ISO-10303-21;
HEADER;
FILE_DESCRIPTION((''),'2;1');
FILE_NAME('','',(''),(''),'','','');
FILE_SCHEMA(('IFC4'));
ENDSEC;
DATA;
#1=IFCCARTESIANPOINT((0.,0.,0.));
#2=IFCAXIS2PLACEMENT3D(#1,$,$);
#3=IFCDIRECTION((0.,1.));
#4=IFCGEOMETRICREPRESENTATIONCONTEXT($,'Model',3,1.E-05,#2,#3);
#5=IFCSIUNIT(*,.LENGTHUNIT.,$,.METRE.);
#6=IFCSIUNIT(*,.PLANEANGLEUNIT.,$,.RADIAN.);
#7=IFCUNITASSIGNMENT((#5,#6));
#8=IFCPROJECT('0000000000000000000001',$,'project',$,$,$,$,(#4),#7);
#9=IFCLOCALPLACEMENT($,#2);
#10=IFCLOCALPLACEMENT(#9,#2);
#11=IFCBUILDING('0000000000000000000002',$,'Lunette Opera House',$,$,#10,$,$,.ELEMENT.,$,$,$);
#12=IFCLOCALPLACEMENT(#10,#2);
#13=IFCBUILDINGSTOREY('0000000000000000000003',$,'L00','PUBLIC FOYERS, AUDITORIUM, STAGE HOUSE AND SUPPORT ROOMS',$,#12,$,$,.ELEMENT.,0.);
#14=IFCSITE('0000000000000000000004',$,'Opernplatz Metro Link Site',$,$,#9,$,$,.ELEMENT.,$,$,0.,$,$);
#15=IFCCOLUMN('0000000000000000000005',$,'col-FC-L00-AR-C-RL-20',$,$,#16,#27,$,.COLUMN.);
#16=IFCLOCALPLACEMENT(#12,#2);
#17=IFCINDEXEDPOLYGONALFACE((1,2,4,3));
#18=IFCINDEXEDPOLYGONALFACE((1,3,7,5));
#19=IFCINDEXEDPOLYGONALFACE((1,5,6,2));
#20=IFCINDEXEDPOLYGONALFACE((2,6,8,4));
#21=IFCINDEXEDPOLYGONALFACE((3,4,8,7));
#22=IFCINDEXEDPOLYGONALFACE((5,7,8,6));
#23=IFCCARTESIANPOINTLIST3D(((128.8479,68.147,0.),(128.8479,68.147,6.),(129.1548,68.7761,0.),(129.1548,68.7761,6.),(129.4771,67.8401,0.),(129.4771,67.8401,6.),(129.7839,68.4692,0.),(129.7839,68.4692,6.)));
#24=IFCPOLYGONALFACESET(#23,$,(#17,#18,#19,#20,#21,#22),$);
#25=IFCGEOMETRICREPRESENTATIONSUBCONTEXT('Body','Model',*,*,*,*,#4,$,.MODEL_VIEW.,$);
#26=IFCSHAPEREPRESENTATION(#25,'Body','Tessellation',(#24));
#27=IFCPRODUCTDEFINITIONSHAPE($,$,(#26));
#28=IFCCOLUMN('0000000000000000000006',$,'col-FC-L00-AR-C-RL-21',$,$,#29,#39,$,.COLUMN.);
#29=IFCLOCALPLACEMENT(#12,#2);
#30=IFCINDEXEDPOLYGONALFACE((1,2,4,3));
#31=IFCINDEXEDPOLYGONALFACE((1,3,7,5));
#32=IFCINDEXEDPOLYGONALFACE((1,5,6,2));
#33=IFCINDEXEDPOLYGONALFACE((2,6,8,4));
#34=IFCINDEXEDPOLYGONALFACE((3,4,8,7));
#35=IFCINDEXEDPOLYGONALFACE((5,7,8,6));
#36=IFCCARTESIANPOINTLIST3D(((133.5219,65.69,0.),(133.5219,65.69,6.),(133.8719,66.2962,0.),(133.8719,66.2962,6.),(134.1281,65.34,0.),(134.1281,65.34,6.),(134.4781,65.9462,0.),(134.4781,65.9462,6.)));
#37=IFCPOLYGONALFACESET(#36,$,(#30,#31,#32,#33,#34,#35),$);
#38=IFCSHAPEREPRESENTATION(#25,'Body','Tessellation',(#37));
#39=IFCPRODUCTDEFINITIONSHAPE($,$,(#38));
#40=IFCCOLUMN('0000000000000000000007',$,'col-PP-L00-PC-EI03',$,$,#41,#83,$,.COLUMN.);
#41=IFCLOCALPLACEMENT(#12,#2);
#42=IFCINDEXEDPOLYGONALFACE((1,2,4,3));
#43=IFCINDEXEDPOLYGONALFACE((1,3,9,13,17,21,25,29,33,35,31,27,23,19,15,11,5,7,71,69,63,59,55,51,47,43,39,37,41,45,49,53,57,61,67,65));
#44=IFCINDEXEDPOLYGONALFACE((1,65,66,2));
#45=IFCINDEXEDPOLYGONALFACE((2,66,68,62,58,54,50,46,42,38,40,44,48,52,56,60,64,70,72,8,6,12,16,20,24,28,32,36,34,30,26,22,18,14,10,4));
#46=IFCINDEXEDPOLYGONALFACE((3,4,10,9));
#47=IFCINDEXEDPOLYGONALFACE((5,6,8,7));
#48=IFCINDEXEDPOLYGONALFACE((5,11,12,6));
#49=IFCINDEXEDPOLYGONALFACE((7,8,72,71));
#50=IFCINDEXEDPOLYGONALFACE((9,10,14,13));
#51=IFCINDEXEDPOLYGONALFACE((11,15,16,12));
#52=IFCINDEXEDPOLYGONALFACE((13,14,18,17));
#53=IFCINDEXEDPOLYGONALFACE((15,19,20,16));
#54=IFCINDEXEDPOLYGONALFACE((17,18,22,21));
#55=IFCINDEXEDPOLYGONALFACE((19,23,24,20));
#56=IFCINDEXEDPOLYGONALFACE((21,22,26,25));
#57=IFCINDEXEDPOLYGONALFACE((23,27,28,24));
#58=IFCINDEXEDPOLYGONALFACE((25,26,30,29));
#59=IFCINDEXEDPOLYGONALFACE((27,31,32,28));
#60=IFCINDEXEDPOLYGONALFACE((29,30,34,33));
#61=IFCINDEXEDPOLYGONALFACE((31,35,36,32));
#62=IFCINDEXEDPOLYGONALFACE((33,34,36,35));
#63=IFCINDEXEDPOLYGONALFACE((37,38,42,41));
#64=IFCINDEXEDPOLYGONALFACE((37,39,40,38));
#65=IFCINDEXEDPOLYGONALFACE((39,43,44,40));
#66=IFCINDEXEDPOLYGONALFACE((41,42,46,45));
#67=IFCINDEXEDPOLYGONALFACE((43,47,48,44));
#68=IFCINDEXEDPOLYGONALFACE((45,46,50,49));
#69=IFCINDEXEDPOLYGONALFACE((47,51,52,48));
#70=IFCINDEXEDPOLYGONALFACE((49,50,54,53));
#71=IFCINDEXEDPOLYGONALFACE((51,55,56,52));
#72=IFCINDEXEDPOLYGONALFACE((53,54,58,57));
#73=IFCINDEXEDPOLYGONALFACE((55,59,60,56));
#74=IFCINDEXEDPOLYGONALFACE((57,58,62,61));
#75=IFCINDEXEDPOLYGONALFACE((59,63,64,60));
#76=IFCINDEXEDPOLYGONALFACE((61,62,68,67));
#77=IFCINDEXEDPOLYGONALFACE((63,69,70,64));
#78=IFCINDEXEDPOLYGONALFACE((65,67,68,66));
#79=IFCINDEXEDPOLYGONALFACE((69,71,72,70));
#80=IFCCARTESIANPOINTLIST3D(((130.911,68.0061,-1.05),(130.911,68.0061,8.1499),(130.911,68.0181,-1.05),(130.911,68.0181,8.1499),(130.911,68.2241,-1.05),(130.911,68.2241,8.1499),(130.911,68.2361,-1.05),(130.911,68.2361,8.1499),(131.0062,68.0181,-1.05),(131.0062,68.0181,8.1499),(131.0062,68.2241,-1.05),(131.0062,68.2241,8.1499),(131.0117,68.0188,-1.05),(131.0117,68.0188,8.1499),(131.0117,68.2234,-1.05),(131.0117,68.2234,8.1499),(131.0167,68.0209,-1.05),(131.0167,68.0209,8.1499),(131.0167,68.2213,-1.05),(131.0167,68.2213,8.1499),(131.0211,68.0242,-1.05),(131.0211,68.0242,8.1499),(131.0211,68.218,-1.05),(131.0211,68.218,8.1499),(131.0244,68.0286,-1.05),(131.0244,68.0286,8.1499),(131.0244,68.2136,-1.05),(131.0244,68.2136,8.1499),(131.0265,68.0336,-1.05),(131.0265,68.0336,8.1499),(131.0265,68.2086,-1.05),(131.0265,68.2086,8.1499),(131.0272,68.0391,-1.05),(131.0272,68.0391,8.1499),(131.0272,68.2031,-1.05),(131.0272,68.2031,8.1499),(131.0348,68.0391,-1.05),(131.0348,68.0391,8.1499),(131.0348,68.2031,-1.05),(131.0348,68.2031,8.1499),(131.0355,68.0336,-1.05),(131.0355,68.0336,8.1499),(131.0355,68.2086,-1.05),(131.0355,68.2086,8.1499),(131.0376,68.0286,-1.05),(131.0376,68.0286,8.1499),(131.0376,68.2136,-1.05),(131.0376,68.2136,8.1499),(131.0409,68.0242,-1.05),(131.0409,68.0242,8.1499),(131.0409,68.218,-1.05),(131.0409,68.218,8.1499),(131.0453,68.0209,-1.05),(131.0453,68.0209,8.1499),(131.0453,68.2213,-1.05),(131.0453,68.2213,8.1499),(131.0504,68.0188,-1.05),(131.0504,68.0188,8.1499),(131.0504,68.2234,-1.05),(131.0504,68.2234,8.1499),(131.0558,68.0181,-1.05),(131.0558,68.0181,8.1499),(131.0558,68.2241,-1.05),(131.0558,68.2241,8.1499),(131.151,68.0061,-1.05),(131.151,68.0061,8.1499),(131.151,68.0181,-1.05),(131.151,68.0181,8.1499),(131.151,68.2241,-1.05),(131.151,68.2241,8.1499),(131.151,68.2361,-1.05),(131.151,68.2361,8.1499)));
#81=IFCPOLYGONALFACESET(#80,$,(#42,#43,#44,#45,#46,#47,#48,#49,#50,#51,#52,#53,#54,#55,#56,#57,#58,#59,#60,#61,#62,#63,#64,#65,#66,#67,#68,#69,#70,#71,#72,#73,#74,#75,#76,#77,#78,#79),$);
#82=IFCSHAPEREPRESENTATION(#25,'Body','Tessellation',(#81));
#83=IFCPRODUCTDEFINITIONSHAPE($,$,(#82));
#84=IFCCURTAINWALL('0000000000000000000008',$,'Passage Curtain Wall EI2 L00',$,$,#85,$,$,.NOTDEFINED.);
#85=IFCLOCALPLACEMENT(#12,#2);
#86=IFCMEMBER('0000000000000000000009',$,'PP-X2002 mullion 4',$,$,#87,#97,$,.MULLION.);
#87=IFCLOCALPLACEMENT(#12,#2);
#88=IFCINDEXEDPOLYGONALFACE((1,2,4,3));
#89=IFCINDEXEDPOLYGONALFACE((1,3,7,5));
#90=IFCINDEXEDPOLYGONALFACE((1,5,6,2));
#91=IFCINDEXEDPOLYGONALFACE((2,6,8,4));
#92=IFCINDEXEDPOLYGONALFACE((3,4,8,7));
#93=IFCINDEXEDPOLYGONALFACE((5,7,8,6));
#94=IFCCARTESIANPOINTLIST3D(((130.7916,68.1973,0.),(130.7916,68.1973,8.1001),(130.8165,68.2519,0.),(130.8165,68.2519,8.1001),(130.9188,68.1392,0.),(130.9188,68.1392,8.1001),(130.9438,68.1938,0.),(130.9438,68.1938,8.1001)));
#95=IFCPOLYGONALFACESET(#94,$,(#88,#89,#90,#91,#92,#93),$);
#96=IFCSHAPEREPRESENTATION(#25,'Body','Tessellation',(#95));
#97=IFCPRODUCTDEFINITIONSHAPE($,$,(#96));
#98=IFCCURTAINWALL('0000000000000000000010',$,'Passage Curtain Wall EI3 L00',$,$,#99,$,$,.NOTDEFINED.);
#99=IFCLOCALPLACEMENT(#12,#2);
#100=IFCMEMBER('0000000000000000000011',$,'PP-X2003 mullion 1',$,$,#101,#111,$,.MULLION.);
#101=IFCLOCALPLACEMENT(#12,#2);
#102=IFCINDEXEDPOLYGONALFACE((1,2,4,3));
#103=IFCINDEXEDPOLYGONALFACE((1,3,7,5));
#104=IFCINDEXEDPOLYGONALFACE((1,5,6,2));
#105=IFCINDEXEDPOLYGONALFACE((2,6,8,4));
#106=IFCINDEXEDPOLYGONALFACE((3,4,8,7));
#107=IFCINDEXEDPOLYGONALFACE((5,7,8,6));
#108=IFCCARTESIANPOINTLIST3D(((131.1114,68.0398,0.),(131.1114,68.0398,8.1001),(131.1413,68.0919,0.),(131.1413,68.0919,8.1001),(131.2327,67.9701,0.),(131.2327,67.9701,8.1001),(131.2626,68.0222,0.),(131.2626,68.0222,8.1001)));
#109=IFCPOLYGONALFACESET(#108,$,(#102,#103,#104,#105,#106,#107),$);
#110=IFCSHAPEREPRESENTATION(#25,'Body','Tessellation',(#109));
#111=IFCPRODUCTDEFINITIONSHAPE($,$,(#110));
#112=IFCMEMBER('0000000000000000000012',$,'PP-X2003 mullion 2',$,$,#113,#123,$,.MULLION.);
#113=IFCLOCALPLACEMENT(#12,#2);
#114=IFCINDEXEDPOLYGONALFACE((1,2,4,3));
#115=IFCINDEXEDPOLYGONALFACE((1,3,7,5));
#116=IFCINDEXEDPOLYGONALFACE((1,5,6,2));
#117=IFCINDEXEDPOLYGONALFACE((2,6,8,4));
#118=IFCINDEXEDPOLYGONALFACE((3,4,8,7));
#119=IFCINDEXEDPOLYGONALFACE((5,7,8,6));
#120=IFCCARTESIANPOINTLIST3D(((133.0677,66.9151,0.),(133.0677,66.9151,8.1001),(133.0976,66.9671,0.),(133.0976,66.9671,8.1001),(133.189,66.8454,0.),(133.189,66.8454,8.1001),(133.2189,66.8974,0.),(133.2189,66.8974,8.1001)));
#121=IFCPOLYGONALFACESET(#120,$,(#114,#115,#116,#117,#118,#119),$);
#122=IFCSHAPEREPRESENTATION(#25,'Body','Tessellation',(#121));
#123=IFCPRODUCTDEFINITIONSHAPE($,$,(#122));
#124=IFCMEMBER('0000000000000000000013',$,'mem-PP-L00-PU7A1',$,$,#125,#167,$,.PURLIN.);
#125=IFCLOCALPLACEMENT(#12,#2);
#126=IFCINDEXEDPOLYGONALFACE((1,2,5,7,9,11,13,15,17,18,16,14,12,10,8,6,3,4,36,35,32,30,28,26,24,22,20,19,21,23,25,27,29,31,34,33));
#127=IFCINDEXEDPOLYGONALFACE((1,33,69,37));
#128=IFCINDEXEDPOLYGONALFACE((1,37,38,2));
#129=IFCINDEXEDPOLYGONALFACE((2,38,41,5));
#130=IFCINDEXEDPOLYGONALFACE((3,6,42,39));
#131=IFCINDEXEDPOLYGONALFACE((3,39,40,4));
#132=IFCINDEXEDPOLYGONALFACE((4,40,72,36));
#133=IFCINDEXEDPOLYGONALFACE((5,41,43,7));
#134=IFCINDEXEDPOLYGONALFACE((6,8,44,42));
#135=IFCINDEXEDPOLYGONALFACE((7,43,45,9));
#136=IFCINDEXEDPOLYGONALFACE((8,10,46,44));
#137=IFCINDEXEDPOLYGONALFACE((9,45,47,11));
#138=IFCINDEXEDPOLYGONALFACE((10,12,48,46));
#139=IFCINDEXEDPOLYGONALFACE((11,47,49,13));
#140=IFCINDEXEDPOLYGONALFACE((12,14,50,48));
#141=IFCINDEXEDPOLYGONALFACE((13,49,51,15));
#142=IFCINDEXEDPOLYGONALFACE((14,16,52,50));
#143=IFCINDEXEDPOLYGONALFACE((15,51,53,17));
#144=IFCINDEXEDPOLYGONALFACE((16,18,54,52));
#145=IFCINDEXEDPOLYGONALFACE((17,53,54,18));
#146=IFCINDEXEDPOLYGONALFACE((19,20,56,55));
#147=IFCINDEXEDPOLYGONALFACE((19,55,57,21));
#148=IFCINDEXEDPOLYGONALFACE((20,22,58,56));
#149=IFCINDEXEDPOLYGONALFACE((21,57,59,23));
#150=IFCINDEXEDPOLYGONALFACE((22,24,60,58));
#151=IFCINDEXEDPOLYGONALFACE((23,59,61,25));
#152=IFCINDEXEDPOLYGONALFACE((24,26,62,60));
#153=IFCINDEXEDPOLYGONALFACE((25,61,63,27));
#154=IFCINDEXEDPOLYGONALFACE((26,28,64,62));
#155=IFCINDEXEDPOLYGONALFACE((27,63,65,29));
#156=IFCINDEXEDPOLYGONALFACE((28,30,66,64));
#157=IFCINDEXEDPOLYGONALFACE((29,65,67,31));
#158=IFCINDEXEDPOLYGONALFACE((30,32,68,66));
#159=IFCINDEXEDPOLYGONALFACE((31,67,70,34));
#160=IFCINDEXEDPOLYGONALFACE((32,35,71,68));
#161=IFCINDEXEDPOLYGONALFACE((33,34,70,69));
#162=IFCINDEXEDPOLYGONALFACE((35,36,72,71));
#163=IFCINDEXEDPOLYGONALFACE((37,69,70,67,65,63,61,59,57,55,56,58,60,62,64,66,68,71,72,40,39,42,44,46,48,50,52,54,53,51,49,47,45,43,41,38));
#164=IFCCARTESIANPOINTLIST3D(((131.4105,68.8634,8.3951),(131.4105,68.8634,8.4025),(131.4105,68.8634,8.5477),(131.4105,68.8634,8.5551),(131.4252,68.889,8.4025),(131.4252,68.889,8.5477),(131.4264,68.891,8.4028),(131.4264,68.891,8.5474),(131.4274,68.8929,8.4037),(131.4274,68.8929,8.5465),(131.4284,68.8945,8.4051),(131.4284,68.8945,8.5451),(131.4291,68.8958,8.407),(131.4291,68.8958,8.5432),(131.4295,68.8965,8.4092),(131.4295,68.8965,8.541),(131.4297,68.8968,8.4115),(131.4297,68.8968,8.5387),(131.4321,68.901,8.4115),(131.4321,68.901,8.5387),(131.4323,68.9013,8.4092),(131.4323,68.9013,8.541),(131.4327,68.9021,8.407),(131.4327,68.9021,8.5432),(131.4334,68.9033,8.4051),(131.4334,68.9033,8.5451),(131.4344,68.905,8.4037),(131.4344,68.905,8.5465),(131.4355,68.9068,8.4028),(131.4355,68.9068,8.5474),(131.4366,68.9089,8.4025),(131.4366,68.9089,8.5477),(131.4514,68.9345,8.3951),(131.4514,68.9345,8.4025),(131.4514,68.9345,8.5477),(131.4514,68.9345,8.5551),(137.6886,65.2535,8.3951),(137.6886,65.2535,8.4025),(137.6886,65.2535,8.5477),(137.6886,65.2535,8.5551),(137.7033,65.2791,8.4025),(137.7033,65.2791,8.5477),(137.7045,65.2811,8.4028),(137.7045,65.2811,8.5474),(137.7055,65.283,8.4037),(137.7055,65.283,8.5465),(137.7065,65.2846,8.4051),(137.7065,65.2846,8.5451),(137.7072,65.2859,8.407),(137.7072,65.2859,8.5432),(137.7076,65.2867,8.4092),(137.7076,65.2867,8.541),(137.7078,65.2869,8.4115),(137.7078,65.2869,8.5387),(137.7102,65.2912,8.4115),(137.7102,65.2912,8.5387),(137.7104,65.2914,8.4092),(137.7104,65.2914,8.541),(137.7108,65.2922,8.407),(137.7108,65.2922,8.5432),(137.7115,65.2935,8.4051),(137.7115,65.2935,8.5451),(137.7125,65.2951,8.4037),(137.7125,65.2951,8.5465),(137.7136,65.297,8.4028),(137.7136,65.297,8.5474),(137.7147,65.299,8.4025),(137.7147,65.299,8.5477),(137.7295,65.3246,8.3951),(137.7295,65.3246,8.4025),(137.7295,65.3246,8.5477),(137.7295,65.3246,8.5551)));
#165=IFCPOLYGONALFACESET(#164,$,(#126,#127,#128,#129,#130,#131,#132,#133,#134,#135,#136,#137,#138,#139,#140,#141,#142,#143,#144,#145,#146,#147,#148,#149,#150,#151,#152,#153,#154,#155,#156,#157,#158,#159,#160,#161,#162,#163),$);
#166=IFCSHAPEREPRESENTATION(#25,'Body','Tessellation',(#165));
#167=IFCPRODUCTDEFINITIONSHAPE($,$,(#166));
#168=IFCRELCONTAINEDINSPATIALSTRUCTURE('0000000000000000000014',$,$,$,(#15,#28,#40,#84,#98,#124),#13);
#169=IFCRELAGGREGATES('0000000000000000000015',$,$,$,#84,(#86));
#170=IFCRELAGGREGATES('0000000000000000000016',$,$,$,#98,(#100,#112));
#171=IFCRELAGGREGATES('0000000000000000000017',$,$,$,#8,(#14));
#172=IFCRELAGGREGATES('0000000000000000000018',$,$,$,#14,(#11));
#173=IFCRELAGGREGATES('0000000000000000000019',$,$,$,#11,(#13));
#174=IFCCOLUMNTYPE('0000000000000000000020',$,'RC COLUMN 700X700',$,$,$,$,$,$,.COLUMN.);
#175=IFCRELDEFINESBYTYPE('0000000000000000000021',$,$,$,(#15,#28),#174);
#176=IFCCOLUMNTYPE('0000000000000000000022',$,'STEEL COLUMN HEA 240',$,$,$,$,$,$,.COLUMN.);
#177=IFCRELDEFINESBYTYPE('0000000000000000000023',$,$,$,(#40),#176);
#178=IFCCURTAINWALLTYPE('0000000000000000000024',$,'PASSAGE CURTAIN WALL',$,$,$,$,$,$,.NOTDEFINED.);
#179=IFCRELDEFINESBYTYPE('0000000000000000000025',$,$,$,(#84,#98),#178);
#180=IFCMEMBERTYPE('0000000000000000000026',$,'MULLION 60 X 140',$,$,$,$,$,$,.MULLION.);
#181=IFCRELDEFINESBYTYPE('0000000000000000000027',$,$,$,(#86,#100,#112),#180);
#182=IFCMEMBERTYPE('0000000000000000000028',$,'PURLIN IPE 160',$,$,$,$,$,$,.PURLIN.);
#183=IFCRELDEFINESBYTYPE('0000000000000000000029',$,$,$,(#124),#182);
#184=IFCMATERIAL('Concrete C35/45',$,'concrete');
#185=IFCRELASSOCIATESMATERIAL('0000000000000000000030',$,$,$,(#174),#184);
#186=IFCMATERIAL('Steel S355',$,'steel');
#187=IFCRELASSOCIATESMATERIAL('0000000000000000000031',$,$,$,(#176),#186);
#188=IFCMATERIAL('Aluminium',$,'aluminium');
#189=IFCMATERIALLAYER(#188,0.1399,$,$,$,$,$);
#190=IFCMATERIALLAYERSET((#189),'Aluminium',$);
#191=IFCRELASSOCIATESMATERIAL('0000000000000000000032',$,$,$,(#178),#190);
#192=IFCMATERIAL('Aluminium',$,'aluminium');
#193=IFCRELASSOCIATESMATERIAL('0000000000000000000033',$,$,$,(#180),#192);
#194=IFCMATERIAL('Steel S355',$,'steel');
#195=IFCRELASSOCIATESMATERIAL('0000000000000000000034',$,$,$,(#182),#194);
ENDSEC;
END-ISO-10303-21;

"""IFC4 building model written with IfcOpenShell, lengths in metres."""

from ifc_helpers import new_model, si_unit, direction, frame, origin, origin_2d, place, context, subcontext, project, spatial, rectangle, i_section, extrude, material, layer, layer_set, material_profile, profile_set, type_object, element, aggregate, save


model = new_model("IFC4")

# Units and contexts
model_context = context("Model", 3, precision=1e-05, world=origin(), true_north=direction((0.0, 1.0)))
body_context = subcontext(model_context, "Body", "Model", "MODEL_VIEW")
ifc_project = project(units=[si_unit("LENGTHUNIT", "METRE"), si_unit("PLANEANGLEUNIT", "RADIAN")], contexts=[model_context])

# Site, building, storey
site_placement = place(None, origin())
site = spatial("IfcSite", under=ifc_project, at=site_placement, Name="Opernplatz Metro Link Site", CompositionType="ELEMENT", RefElevation=0.0)
building_placement = place(site_placement, origin())
building = spatial("IfcBuilding", under=site, at=building_placement, Name="Lunette Opera House", CompositionType="ELEMENT")
storey_placement = place(building_placement, origin())
storey = spatial("IfcBuildingStorey", under=building, at=storey_placement, Name="L00", Description="PUBLIC FOYERS, AUDITORIUM, STAGE HOUSE AND SUPPORT ROOMS", CompositionType="ELEMENT", Elevation=0.0)

# Columns
ifc_material_1 = material(Name="Concrete C35/45", Category="concrete")
ifc_material_profile_1 = material_profile(ifc_material_1, rectangle(XDim=0.7, YDim=0.7, at=origin_2d()), Name="RC COLUMN 700X700")
ifc_profile_set_1 = profile_set([ifc_material_profile_1], Name="Concrete C35/45")
column_type_1 = type_object("IfcColumnType", Name="RC COLUMN 700X700", PredefinedType="COLUMN", material=ifc_profile_set_1)
for number, where, z_axis, x_axis, name in (
    (1, (129.3159, 68.3081, 0.0), (0.0, 0.0, 1.0), (0.898794, -0.438371, 0.0), "col-FC-L00-AR-C-RL-20"),
    (2, (134.0, 65.8181, 0.0), (0.0, 0.0, 1.0), (0.866025, -0.5, 0.0), "col-FC-L00-AR-C-RL-21"),
):
    element("IfcColumn", number, at=place(storey_placement, frame(where, z_axis=z_axis, x_axis=x_axis)), inside=storey, type_object=column_type_1, Name=name, PredefinedType="COLUMN", context=body_context, shape_type="SweptSolid", body=[
        extrude(rectangle(XDim=0.7, YDim=0.7, at=origin_2d()), origin(), (0.0, 0.0, 1.0), 6.0),
    ])
ifc_material_2 = material(Name="Steel S355", Category="steel")
ifc_material_profile_2 = material_profile(ifc_material_2, i_section(OverallWidth=0.24, OverallDepth=0.23, WebThickness=0.0076, FlangeThickness=0.012, FilletRadius=0.021, at=origin_2d()), Name="HEA 240")
ifc_profile_set_2 = profile_set([ifc_material_profile_2], Name="Steel S355")
column_type_2 = type_object("IfcColumnType", Name="STEEL COLUMN HEA 240", PredefinedType="COLUMN", material=ifc_profile_set_2)
column_placement = place(storey_placement, frame((131.031, 68.1211, -1.05), z_axis=(0.0, 0.0, 1.0), x_axis=(1.0, 0.0, 0.0)))
element("IfcColumn", 3, at=column_placement, inside=storey, type_object=column_type_2, Name="col-PP-L00-PC-EI03", PredefinedType="COLUMN", context=body_context, shape_type="SweptSolid", body=[
    extrude(i_section(OverallWidth=0.24, OverallDepth=0.23, WebThickness=0.0076, FlangeThickness=0.012, FilletRadius=0.021, at=origin_2d()), origin(), (0.0, 0.0, 1.0), 9.2),
])

# Curtain wall, member
ifc_material_3 = material(Name="Aluminium", Category="aluminium")
ifc_layer_1 = layer(ifc_material_3, 0.1399)
ifc_layer_set_1 = layer_set([ifc_layer_1], Name="Aluminium")
curtain_wall_type = type_object("IfcCurtainWallType", Name="PASSAGE CURTAIN WALL", PredefinedType="NOTDEFINED", material=ifc_layer_set_1)
curtain_wall_1_placement = place(storey_placement, origin())
curtain_wall_1 = element("IfcCurtainWall", 4, at=curtain_wall_1_placement, inside=storey, type_object=curtain_wall_type, Name="Passage Curtain Wall EI2 L00", PredefinedType="NOTDEFINED")
ifc_material_4 = material(Name="Aluminium", Category="aluminium")
ifc_material_profile_3 = material_profile(ifc_material_4, rectangle(XDim=0.0601, YDim=0.1399, at=origin_2d()), Name="MULLION 60 X 140")
ifc_profile_set_3 = profile_set([ifc_material_profile_3], Name="Aluminium")
member_type_1 = type_object("IfcMemberType", Name="MULLION 60 X 140", PredefinedType="MULLION", material=ifc_profile_set_3)
member_1_placement = place(storey_placement, frame((130.8677, 68.1956, 0.0), z_axis=(0.0, 0.0, 1.0), x_axis=(0.415274, 0.909696, 0.0)))
member_1 = element("IfcMember", 5, at=member_1_placement, type_object=member_type_1, Name="PP-X2002 mullion 4", PredefinedType="MULLION", context=body_context, shape_type="SweptSolid", body=[
    extrude(rectangle(XDim=0.0601, YDim=0.1399, at=origin_2d()), origin(), (0.0, 0.0, 1.0), 8.1001),
])

# Curtain wall, members
curtain_wall_2_placement = place(storey_placement, origin())
curtain_wall_2 = element("IfcCurtainWall", 6, at=curtain_wall_2_placement, inside=storey, type_object=curtain_wall_type, Name="Passage Curtain Wall EI3 L00", PredefinedType="NOTDEFINED")
member_2_placement = place(storey_placement, frame((131.187, 68.031, 0.0), z_axis=(0.0, 0.0, 1.0), x_axis=(0.498414, 0.866939, 0.0)))
member_2 = element("IfcMember", 7, at=member_2_placement, type_object=member_type_1, Name="PP-X2003 mullion 1", PredefinedType="MULLION", context=body_context, shape_type="SweptSolid", body=[
    extrude(rectangle(XDim=0.0601, YDim=0.1399, at=origin_2d()), origin(), (0.0, 0.0, 1.0), 8.1001),
])
member_3_placement = place(storey_placement, frame((133.1433, 66.9062, 0.0), z_axis=(0.0, 0.0, 1.0), x_axis=(0.498414, 0.866939, 0.0)))
member_3 = element("IfcMember", 8, at=member_3_placement, type_object=member_type_1, Name="PP-X2003 mullion 2", PredefinedType="MULLION", context=body_context, shape_type="SweptSolid", body=[
    extrude(rectangle(XDim=0.0601, YDim=0.1399, at=origin_2d()), origin(), (0.0, 0.0, 1.0), 8.1001),
])

# Member
ifc_material_5 = material(Name="Steel S355", Category="steel")
ifc_material_profile_4 = material_profile(ifc_material_5, i_section(OverallWidth=0.082, OverallDepth=0.1599, WebThickness=0.0049, FlangeThickness=0.0073, FilletRadius=0.009, at=origin_2d()), Name="IPE 160")
ifc_profile_set_4 = profile_set([ifc_material_profile_4], Name="Steel S355")
member_type_2 = type_object("IfcMemberType", Name="PURLIN IPE 160", PredefinedType="PURLIN", material=ifc_profile_set_4)
member_4_placement = place(storey_placement, frame((131.4309, 68.8989, 8.4751), z_axis=(0.866908, -0.498468, 0.0), x_axis=(0.498468, 0.866908, 0.0)))
element("IfcMember", 9, at=member_4_placement, inside=storey, type_object=member_type_2, Name="mem-PP-L00-PU7A1", PredefinedType="PURLIN", context=body_context, shape_type="SweptSolid", body=[
    extrude(i_section(OverallWidth=0.082, OverallDepth=0.1599, WebThickness=0.0049, FlangeThickness=0.0073, FilletRadius=0.009, at=origin_2d()), origin(), (0.0, 0.0, 1.0), 7.2419),
])

aggregate(curtain_wall_1, [member_1])
aggregate(curtain_wall_2, [member_2, member_3])

save(model, "model.ifc")
